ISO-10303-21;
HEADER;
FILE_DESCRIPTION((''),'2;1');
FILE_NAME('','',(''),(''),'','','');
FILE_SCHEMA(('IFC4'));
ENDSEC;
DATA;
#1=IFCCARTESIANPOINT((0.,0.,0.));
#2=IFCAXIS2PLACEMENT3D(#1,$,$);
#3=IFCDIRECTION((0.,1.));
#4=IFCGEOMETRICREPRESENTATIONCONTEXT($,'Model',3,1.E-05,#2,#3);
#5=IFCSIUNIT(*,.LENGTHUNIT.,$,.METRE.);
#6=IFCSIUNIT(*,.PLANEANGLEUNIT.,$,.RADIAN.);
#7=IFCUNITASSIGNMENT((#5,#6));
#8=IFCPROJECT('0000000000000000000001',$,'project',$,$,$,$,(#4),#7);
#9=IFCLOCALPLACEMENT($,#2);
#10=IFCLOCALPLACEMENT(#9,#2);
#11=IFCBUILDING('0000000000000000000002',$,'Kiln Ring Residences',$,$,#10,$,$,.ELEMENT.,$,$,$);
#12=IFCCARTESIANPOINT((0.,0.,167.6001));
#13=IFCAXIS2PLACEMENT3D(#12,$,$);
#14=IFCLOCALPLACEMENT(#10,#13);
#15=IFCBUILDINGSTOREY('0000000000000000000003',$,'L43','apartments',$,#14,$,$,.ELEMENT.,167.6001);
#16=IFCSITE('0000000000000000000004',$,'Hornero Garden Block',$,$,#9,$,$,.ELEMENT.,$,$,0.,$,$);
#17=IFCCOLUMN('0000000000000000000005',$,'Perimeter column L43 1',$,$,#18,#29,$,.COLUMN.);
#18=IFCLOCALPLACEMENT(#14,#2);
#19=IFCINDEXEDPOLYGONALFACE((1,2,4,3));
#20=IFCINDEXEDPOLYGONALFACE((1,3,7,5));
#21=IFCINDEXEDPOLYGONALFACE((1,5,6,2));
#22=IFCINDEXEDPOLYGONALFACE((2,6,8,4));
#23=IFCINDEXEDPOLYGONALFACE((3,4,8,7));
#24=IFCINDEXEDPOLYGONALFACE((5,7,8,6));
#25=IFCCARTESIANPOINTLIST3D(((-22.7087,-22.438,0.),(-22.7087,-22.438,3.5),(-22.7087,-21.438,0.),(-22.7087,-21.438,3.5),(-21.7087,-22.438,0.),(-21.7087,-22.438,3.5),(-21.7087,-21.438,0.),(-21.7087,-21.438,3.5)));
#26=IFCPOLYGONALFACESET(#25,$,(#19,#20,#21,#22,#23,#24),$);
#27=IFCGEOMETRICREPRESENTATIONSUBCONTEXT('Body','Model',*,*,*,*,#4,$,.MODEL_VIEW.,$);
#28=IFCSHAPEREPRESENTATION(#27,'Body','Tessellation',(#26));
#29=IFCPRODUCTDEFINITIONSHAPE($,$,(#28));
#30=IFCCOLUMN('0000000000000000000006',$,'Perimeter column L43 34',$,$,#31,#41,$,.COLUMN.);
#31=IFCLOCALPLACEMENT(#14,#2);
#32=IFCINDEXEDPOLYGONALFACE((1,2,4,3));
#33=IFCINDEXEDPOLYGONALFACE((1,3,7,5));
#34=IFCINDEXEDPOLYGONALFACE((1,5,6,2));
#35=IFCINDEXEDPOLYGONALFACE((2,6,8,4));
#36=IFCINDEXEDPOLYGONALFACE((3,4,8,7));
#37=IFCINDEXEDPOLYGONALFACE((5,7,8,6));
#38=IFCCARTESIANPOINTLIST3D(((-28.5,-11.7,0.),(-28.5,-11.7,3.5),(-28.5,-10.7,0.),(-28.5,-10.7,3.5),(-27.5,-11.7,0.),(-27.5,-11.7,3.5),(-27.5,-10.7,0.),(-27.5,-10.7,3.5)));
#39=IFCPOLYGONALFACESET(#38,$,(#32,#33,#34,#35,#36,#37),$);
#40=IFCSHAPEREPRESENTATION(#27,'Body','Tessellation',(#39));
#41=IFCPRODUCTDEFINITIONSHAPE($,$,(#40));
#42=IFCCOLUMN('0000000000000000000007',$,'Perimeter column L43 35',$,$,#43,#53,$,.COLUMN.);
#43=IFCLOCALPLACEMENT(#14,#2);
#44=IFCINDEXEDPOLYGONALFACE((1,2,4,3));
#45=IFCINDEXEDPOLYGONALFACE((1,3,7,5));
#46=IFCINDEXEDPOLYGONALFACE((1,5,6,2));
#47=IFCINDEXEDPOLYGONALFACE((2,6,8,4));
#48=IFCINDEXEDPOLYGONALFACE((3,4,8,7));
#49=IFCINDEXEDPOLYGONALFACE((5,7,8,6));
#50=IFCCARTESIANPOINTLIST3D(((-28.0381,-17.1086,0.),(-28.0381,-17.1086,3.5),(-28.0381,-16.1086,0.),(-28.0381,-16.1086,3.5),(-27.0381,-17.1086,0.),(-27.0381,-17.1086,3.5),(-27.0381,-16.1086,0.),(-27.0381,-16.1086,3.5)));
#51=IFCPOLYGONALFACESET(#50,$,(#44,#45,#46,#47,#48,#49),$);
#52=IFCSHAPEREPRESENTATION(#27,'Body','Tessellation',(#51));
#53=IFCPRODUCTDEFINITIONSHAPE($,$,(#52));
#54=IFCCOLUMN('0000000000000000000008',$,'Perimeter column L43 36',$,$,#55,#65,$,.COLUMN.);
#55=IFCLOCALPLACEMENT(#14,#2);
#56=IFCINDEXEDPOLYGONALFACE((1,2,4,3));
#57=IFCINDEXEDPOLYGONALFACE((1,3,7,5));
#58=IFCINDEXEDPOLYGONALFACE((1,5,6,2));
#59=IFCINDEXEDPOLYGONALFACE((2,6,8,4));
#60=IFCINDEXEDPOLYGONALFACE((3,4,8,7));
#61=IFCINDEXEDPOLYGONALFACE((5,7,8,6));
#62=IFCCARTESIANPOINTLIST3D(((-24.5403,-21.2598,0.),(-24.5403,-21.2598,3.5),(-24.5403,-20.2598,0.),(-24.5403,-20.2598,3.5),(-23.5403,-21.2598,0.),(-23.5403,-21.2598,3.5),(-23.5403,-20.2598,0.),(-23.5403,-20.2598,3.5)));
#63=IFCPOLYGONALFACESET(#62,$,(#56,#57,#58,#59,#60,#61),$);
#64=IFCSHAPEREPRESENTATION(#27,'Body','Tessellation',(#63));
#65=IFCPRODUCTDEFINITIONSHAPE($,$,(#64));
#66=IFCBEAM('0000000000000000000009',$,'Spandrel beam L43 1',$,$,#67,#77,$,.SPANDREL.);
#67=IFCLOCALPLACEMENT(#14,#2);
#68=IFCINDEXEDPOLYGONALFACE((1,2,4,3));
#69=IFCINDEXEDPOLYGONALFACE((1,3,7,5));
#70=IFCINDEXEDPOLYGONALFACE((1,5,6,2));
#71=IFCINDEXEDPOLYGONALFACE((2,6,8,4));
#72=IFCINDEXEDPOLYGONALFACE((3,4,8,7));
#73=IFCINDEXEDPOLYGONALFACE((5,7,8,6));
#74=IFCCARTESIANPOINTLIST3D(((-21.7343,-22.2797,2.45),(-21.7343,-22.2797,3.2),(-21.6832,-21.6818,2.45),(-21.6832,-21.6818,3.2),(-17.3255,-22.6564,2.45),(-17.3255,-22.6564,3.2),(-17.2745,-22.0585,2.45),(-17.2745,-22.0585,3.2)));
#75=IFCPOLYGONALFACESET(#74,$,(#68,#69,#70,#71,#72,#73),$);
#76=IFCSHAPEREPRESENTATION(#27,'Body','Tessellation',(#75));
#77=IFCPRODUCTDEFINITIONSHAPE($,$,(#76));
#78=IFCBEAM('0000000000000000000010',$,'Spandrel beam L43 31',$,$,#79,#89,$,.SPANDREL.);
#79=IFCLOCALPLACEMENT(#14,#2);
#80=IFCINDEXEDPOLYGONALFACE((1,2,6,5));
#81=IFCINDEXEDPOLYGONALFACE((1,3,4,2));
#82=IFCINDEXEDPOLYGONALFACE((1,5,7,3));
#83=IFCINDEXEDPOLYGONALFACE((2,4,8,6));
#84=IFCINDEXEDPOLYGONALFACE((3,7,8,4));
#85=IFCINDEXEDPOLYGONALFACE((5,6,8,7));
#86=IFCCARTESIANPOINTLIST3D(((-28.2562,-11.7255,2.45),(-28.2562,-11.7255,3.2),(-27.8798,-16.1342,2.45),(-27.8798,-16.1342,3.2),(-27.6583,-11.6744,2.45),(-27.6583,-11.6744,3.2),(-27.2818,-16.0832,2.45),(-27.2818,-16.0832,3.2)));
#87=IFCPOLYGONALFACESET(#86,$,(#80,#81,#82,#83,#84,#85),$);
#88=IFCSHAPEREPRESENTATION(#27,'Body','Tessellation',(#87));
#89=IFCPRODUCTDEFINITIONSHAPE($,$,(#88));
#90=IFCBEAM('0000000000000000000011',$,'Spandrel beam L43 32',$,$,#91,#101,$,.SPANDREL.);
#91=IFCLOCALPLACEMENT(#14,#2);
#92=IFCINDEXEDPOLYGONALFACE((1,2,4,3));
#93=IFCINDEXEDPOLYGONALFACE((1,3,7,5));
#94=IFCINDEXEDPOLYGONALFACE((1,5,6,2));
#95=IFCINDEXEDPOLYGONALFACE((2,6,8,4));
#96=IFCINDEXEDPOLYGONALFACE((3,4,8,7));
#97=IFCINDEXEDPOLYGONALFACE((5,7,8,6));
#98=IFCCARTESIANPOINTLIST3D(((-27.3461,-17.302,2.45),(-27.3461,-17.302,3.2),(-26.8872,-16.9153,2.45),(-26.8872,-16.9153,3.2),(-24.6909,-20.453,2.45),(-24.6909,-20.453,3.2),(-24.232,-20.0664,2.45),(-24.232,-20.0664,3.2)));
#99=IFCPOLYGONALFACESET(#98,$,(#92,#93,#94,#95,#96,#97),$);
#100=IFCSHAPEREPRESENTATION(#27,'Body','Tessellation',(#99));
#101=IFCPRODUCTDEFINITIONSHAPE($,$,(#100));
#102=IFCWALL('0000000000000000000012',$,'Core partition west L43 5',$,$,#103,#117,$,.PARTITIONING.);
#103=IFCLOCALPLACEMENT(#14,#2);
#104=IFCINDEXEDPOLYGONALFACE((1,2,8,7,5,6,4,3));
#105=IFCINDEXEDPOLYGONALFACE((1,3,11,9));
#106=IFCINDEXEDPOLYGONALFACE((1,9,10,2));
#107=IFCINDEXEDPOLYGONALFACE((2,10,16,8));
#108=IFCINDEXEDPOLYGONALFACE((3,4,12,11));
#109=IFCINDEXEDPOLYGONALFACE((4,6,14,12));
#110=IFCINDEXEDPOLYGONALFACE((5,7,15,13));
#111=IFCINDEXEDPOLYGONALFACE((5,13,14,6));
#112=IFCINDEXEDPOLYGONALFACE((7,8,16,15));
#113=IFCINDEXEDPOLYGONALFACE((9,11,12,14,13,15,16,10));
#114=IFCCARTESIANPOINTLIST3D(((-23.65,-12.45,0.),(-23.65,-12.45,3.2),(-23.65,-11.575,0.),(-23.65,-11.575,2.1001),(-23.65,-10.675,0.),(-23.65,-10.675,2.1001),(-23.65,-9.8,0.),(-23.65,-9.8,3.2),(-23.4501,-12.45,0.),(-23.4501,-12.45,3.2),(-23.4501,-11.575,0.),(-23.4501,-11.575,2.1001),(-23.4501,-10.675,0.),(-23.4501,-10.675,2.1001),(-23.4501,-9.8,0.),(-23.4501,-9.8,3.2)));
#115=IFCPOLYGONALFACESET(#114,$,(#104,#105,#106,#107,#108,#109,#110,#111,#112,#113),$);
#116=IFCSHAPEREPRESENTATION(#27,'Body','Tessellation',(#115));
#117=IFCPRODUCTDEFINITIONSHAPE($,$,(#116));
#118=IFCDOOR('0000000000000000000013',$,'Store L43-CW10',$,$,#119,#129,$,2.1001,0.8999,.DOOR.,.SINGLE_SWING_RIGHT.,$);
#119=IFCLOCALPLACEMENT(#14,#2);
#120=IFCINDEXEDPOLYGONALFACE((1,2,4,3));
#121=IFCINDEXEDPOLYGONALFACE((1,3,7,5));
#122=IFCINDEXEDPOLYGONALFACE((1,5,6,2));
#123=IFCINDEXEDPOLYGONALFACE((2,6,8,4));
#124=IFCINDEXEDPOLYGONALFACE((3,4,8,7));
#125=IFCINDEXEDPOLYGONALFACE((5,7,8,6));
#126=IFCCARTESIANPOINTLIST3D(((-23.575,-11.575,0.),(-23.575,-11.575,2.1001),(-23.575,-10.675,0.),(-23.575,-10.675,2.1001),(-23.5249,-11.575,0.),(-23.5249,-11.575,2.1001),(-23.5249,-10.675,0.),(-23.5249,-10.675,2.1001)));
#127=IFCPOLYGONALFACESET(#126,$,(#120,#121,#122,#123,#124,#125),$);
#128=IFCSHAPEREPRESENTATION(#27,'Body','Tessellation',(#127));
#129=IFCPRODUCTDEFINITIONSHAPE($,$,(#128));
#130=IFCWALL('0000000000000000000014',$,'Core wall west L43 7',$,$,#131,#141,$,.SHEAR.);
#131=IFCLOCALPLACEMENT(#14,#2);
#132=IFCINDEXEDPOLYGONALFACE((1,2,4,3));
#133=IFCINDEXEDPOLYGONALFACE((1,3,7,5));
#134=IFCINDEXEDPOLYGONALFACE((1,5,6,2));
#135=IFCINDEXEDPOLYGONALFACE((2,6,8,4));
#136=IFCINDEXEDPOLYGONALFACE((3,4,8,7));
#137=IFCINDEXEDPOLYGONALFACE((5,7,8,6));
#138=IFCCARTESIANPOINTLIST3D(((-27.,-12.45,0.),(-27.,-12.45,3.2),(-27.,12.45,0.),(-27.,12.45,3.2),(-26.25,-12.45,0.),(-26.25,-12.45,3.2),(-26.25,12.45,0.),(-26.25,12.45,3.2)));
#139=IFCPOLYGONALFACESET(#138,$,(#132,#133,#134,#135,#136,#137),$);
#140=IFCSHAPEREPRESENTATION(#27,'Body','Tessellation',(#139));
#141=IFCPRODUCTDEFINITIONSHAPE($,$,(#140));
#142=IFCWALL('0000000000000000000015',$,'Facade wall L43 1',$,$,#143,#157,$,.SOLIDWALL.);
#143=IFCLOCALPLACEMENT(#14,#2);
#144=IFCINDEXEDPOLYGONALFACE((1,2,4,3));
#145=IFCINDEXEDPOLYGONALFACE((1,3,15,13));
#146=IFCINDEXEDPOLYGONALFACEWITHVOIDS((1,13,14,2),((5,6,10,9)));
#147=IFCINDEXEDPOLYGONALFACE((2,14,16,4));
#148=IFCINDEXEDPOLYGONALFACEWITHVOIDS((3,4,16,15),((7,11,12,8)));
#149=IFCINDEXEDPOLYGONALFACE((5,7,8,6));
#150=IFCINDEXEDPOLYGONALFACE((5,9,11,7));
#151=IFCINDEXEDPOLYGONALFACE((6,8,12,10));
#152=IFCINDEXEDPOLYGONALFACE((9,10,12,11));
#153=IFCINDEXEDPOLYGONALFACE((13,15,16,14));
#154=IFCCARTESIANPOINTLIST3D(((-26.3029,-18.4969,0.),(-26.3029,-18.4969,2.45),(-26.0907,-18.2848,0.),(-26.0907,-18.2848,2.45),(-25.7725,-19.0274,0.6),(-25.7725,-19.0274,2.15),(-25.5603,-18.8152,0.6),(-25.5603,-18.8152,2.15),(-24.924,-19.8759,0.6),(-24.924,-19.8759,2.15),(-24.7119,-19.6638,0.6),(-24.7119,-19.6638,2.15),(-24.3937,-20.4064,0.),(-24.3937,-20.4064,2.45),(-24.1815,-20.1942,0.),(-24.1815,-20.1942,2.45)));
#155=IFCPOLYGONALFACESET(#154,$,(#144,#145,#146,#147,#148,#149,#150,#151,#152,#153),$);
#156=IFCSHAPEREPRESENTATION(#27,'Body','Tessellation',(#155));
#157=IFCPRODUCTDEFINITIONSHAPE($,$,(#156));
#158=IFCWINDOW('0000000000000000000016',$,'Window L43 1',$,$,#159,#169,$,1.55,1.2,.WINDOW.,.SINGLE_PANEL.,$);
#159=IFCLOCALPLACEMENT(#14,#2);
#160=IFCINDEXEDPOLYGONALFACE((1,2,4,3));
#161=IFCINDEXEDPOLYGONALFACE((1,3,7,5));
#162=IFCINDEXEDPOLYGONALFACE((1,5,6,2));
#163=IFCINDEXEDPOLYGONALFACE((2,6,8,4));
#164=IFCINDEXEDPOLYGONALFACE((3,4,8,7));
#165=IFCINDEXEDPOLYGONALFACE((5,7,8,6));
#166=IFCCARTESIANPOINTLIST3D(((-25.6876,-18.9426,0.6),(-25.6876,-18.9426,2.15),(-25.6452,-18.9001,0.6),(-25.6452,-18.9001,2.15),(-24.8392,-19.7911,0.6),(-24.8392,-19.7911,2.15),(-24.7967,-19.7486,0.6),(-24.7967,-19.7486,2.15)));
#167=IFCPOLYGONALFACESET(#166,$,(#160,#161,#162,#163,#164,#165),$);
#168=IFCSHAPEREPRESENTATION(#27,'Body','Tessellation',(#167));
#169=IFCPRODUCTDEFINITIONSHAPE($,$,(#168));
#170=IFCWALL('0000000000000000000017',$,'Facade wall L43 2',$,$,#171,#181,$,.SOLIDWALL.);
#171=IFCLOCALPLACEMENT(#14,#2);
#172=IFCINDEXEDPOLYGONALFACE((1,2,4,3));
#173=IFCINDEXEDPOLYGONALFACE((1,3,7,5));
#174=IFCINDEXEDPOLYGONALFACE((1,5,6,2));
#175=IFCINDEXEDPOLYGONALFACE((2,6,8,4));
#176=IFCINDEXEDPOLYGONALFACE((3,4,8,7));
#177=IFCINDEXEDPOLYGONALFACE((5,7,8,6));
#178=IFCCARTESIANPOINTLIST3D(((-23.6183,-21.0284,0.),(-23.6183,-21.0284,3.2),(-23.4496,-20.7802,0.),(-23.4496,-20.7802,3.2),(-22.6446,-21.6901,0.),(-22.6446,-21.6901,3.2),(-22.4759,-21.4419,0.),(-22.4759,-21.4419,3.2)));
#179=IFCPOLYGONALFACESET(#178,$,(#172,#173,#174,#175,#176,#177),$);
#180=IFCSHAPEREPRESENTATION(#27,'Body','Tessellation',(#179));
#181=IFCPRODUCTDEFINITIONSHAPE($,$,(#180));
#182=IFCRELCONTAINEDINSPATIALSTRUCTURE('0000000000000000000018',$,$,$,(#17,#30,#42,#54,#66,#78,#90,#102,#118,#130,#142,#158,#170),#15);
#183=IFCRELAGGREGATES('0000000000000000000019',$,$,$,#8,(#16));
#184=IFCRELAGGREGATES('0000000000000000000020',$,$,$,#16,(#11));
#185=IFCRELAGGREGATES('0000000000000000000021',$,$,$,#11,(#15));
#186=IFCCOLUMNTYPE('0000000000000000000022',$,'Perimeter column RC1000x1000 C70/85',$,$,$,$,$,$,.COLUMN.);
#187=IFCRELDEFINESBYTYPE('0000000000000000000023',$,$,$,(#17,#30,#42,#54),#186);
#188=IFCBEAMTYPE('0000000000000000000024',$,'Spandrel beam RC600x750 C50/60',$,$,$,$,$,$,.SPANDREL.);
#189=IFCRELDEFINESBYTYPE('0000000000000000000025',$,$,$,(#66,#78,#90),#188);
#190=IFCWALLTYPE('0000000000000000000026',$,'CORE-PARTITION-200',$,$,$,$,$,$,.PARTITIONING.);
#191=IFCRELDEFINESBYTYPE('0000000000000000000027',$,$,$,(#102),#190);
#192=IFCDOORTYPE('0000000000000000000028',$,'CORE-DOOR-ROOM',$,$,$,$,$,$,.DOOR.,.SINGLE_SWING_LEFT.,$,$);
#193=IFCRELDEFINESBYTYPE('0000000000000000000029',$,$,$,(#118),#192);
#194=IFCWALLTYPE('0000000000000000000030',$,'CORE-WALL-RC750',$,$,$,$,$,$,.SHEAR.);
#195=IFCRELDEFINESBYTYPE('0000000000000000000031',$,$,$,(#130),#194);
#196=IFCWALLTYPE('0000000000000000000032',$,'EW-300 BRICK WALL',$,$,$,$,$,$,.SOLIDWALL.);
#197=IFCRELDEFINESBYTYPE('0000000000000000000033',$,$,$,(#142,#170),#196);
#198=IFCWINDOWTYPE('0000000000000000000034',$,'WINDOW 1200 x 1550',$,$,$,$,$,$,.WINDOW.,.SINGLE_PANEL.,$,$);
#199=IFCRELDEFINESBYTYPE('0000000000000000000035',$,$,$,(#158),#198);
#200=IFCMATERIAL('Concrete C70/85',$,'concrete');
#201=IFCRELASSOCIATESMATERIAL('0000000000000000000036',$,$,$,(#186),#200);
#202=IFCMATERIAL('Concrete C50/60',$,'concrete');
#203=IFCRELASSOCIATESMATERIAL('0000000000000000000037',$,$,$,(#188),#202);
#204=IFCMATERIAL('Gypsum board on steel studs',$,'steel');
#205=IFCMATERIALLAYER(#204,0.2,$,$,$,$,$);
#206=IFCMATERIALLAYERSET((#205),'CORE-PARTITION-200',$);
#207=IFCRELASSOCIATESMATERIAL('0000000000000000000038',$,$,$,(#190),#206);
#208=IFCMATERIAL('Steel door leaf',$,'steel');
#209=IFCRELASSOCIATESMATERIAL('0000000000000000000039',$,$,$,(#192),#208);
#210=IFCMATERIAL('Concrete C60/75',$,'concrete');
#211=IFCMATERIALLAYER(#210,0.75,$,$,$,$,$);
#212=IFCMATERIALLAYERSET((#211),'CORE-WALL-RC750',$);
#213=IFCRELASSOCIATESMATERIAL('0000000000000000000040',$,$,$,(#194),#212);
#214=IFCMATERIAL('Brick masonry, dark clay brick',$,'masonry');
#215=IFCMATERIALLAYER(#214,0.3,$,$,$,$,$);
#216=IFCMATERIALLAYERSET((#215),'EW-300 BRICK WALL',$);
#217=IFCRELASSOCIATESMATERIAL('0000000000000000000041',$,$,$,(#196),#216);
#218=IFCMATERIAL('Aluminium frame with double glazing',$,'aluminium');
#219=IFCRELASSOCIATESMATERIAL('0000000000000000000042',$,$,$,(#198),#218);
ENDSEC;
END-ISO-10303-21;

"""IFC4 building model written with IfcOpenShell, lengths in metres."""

from ifc_helpers import new_model, si_unit, direction, frame, frame_2d, origin, origin_2d, place, context, subcontext, project, spatial, rectangle, extrude, material, layer, layer_set, material_profile, profile_set, type_object, element, fill, save


model = new_model("IFC4")

# Units and contexts
model_context = context("Model", 3, precision=1e-05, world=origin(), true_north=direction((0.0, 1.0)))
body_context = subcontext(model_context, "Body", "Model", "MODEL_VIEW")
ifc_project = project(units=[si_unit("LENGTHUNIT", "METRE"), si_unit("PLANEANGLEUNIT", "RADIAN")], contexts=[model_context])

# Site, building, storey
site_placement = place(None, origin())
site = spatial("IfcSite", under=ifc_project, at=site_placement, Name="Hornero Garden Block", CompositionType="ELEMENT", RefElevation=0.0)
building_placement = place(site_placement, origin())
building = spatial("IfcBuilding", under=site, at=building_placement, Name="Kiln Ring Residences", CompositionType="ELEMENT")
storey_placement = place(building_placement, frame((0.0, 0.0, 167.6001)))
storey = spatial("IfcBuildingStorey", under=building, at=storey_placement, Name="L43", Description="apartments", CompositionType="ELEMENT", Elevation=167.6001)

# Columns
ifc_material_1 = material(Name="Concrete C70/85", Category="concrete")
ifc_material_profile_1 = material_profile(ifc_material_1, rectangle(XDim=1.0, YDim=1.0, at=origin_2d()), Name="RC1000x1000")
ifc_profile_set_1 = profile_set([ifc_material_profile_1], Name="Concrete C70/85")
column_type = type_object("IfcColumnType", Name="Perimeter column RC1000x1000 C70/85", PredefinedType="COLUMN", material=ifc_profile_set_1)
for number, where, z_axis, x_axis, name in (
    (1, (-22.2087, -21.938, 0.0), (0.0, 0.0, 1.0), (1.0, 0.0, 0.0), "Perimeter column L43 1"),
    (2, (-28.0, -11.2, 0.0), (0.0, 0.0, 1.0), (1.0, 0.0, 0.0), "Perimeter column L43 34"),
    (3, (-27.5381, -16.6086, 0.0), (0.0, 0.0, 1.0), (1.0, 0.0, 0.0), "Perimeter column L43 35"),
    (4, (-24.0403, -20.7598, 0.0), (0.0, 0.0, 1.0), (1.0, 0.0, 0.0), "Perimeter column L43 36"),
):
    element("IfcColumn", number, at=place(storey_placement, frame(where, z_axis=z_axis, x_axis=x_axis)), inside=storey, type_object=column_type, Name=name, PredefinedType="COLUMN", context=body_context, shape_type="SweptSolid", body=[
        extrude(rectangle(XDim=1.0, YDim=1.0, at=origin_2d()), origin(), (0.0, 0.0, 1.0), 3.5),
    ])

# Beams
ifc_material_2 = material(Name="Concrete C50/60", Category="concrete")
ifc_material_profile_2 = material_profile(ifc_material_2, rectangle(XDim=0.6001, YDim=0.75, at=origin_2d()), Name="RC600x750")
ifc_profile_set_2 = profile_set([ifc_material_profile_2], Name="Concrete C50/60")
beam_type = type_object("IfcBeamType", Name="Spandrel beam RC600x750 C50/60", PredefinedType="SPANDREL", material=ifc_profile_set_2)
for number, where, z_axis, x_axis, name in (
    (5, (-21.7087, -21.9807, 2.825), (0.996369, -0.085137, 0.0), (0.085137, 0.996369, 0.0), "Spandrel beam L43 1"),
    (6, (-27.9573, -11.7, 2.825), (0.085082, -0.996374, 0.0), (0.996374, 0.085082, 0.0), "Spandrel beam L43 31"),
):
    element("IfcBeam", number, at=place(storey_placement, frame(where, z_axis=z_axis, x_axis=x_axis)), inside=storey, type_object=beam_type, Name=name, PredefinedType="SPANDREL", context=body_context, shape_type="SweptSolid", body=[
        extrude(rectangle(XDim=0.6001, YDim=0.75, at=origin_2d()), origin(), (0.0, 0.0, 1.0), 4.4248),
    ])
beam_placement = place(storey_placement, frame((-27.1167, -17.1086, 2.825), z_axis=(0.644377, -0.764708, 0.0), x_axis=(0.764708, 0.644377, 0.0)))
element("IfcBeam", 7, at=beam_placement, inside=storey, type_object=beam_type, Name="Spandrel beam L43 32", PredefinedType="SPANDREL", context=body_context, shape_type="SweptSolid", body=[
    extrude(rectangle(XDim=0.6001, YDim=0.75, at=origin_2d()), origin(), (0.0, 0.0, 1.0), 4.1206),
])

# Wall, opening, door
ifc_material_3 = material(Name="Gypsum board on steel studs", Category="steel")
ifc_layer_1 = layer(ifc_material_3, 0.2)
ifc_layer_set_1 = layer_set([ifc_layer_1], Name="CORE-PARTITION-200")
wall_type_1 = type_object("IfcWallType", Name="CORE-PARTITION-200", PredefinedType="PARTITIONING", material=ifc_layer_set_1)
wall_1_placement = place(storey_placement, frame((-23.55, -12.45, 0.0), z_axis=(0.0, 0.0, 1.0), x_axis=(0.0, 1.0, 0.0)))
wall_1 = element("IfcWall", 8, at=wall_1_placement, inside=storey, type_object=wall_type_1, Name="Core partition west L43 5", PredefinedType="PARTITIONING", context=body_context, shape_type="SweptSolid", body=[
    extrude(rectangle(XDim=2.6499, YDim=0.2, at=frame_2d((1.325, 0.0))), origin(), (0.0, 0.0, 1.0), 3.2),
])
opening_1_placement = place(wall_1_placement, frame((0.875, 0.0, 0.0)))
opening_1 = element("IfcOpeningElement", 9, at=opening_1_placement, cuts=wall_1, PredefinedType="OPENING", context=body_context, shape_type="SweptSolid", body=[
    extrude(rectangle(XDim=0.8999, YDim=2.1001, at=frame_2d((0.45, 1.05))), frame((0.0, 0.1099, 0.0), z_axis=(0.0, -1.0, 0.0), x_axis=(1.0, 0.0, 0.0)), (0.0, 0.0, 1.0), 0.22),
])
ifc_material_4 = material(Name="Steel door leaf", Category="steel")
door_type_1 = type_object("IfcDoorType", Name="CORE-DOOR-ROOM", OperationType="SINGLE_SWING_LEFT", PredefinedType="DOOR", material=ifc_material_4)
door_1_placement = place(opening_1_placement, origin())
door_1 = element("IfcDoor", 10, at=door_1_placement, inside=storey, type_object=door_type_1, Name="Store L43-CW10", OperationType="SINGLE_SWING_RIGHT", OverallHeight=2.1001, OverallWidth=0.8999, PredefinedType="DOOR", context=body_context, shape_type="SweptSolid", body=[
    extrude(rectangle(XDim=0.8999, YDim=2.1001, at=frame_2d((0.45, 1.05))), frame((0.0, 0.0249, 0.0), z_axis=(0.0, -1.0, 0.0), x_axis=(1.0, 0.0, 0.0)), (0.0, 0.0, 1.0), 0.05),
])
fill(opening_1, door_1)

# Wall
ifc_material_5 = material(Name="Concrete C60/75", Category="concrete")
ifc_layer_2 = layer(ifc_material_5, 0.75)
ifc_layer_set_2 = layer_set([ifc_layer_2], Name="CORE-WALL-RC750")
wall_type_2 = type_object("IfcWallType", Name="CORE-WALL-RC750", PredefinedType="SHEAR", material=ifc_layer_set_2)
wall_2_placement = place(storey_placement, frame((-26.625, -12.45, 0.0), z_axis=(0.0, 0.0, 1.0), x_axis=(0.0, 1.0, 0.0)))
element("IfcWall", 11, at=wall_2_placement, inside=storey, type_object=wall_type_2, Name="Core wall west L43 7", PredefinedType="SHEAR", context=body_context, shape_type="SweptSolid", body=[
    extrude(rectangle(XDim=24.8999, YDim=0.75, at=frame_2d((12.45, 0.0))), origin(), (0.0, 0.0, 1.0), 3.2),
])

# Wall, opening, window
ifc_material_6 = material(Name="Brick masonry, dark clay brick", Category="masonry")
ifc_layer_3 = layer(ifc_material_6, 0.3)
ifc_layer_set_3 = layer_set([ifc_layer_3], Name="EW-300 BRICK WALL")
wall_type_3 = type_object("IfcWallType", Name="EW-300 BRICK WALL", PredefinedType="SOLIDWALL", material=ifc_layer_set_3)
wall_3_placement = place(storey_placement, frame((-26.1968, -18.3909, 0.0), z_axis=(0.0, 0.0, 1.0), x_axis=(0.707062, -0.707152, 0.0)))
wall_3 = element("IfcWall", 12, at=wall_3_placement, inside=storey, type_object=wall_type_3, Name="Facade wall L43 1", PredefinedType="SOLIDWALL", context=body_context, shape_type="SweptSolid", body=[
    extrude(rectangle(XDim=2.7002, YDim=0.3, at=frame_2d((1.3501, 0.0))), origin(), (0.0, 0.0, 1.0), 2.45),
])
opening_2_placement = place(wall_3_placement, frame((0.75, 0.0, 0.6001)))
opening_2 = element("IfcOpeningElement", 13, at=opening_2_placement, cuts=wall_3, PredefinedType="OPENING", context=body_context, shape_type="SweptSolid", body=[
    extrude(rectangle(XDim=1.2, YDim=1.55, at=frame_2d((0.6001, 0.7749))), frame((0.0, 0.1599, 0.0), z_axis=(0.0, -1.0, 0.0), x_axis=(1.0, 0.0, 0.0)), (0.0, 0.0, 1.0), 0.3201),
])
ifc_material_7 = material(Name="Aluminium frame with double glazing", Category="aluminium")
window_type_1 = type_object("IfcWindowType", Name="WINDOW 1200 x 1550", PartitioningType="SINGLE_PANEL", PredefinedType="WINDOW", material=ifc_material_7)
window_1_placement = place(opening_2_placement, origin())
window_1 = element("IfcWindow", 14, at=window_1_placement, inside=storey, type_object=window_type_1, Name="Window L43 1", OverallHeight=1.55, OverallWidth=1.2, PartitioningType="SINGLE_PANEL", PredefinedType="WINDOW", context=body_context, shape_type="SweptSolid", body=[
    extrude(rectangle(XDim=1.2, YDim=1.55, at=frame_2d((0.6001, 0.7749))), frame((0.0, 0.03, 0.0), z_axis=(0.0, -1.0, 0.0), x_axis=(1.0, 0.0, 0.0)), (0.0, 0.0, 1.0), 0.0601),
])
fill(opening_2, window_1)

# Wall
wall_4_placement = place(storey_placement, frame((-23.5339, -20.9043, 0.0), z_axis=(0.0, 0.0, 1.0), x_axis=(0.827104, -0.562049, 0.0)))
element("IfcWall", 15, at=wall_4_placement, inside=storey, type_object=wall_type_3, Name="Facade wall L43 2", PredefinedType="SOLIDWALL", context=body_context, shape_type="SweptSolid", body=[
    extrude(rectangle(XDim=1.1772, YDim=0.3, at=frame_2d((0.5886, 0.0))), origin(), (0.0, 0.0, 1.0), 3.2),
])

save(model, "model.ifc")
